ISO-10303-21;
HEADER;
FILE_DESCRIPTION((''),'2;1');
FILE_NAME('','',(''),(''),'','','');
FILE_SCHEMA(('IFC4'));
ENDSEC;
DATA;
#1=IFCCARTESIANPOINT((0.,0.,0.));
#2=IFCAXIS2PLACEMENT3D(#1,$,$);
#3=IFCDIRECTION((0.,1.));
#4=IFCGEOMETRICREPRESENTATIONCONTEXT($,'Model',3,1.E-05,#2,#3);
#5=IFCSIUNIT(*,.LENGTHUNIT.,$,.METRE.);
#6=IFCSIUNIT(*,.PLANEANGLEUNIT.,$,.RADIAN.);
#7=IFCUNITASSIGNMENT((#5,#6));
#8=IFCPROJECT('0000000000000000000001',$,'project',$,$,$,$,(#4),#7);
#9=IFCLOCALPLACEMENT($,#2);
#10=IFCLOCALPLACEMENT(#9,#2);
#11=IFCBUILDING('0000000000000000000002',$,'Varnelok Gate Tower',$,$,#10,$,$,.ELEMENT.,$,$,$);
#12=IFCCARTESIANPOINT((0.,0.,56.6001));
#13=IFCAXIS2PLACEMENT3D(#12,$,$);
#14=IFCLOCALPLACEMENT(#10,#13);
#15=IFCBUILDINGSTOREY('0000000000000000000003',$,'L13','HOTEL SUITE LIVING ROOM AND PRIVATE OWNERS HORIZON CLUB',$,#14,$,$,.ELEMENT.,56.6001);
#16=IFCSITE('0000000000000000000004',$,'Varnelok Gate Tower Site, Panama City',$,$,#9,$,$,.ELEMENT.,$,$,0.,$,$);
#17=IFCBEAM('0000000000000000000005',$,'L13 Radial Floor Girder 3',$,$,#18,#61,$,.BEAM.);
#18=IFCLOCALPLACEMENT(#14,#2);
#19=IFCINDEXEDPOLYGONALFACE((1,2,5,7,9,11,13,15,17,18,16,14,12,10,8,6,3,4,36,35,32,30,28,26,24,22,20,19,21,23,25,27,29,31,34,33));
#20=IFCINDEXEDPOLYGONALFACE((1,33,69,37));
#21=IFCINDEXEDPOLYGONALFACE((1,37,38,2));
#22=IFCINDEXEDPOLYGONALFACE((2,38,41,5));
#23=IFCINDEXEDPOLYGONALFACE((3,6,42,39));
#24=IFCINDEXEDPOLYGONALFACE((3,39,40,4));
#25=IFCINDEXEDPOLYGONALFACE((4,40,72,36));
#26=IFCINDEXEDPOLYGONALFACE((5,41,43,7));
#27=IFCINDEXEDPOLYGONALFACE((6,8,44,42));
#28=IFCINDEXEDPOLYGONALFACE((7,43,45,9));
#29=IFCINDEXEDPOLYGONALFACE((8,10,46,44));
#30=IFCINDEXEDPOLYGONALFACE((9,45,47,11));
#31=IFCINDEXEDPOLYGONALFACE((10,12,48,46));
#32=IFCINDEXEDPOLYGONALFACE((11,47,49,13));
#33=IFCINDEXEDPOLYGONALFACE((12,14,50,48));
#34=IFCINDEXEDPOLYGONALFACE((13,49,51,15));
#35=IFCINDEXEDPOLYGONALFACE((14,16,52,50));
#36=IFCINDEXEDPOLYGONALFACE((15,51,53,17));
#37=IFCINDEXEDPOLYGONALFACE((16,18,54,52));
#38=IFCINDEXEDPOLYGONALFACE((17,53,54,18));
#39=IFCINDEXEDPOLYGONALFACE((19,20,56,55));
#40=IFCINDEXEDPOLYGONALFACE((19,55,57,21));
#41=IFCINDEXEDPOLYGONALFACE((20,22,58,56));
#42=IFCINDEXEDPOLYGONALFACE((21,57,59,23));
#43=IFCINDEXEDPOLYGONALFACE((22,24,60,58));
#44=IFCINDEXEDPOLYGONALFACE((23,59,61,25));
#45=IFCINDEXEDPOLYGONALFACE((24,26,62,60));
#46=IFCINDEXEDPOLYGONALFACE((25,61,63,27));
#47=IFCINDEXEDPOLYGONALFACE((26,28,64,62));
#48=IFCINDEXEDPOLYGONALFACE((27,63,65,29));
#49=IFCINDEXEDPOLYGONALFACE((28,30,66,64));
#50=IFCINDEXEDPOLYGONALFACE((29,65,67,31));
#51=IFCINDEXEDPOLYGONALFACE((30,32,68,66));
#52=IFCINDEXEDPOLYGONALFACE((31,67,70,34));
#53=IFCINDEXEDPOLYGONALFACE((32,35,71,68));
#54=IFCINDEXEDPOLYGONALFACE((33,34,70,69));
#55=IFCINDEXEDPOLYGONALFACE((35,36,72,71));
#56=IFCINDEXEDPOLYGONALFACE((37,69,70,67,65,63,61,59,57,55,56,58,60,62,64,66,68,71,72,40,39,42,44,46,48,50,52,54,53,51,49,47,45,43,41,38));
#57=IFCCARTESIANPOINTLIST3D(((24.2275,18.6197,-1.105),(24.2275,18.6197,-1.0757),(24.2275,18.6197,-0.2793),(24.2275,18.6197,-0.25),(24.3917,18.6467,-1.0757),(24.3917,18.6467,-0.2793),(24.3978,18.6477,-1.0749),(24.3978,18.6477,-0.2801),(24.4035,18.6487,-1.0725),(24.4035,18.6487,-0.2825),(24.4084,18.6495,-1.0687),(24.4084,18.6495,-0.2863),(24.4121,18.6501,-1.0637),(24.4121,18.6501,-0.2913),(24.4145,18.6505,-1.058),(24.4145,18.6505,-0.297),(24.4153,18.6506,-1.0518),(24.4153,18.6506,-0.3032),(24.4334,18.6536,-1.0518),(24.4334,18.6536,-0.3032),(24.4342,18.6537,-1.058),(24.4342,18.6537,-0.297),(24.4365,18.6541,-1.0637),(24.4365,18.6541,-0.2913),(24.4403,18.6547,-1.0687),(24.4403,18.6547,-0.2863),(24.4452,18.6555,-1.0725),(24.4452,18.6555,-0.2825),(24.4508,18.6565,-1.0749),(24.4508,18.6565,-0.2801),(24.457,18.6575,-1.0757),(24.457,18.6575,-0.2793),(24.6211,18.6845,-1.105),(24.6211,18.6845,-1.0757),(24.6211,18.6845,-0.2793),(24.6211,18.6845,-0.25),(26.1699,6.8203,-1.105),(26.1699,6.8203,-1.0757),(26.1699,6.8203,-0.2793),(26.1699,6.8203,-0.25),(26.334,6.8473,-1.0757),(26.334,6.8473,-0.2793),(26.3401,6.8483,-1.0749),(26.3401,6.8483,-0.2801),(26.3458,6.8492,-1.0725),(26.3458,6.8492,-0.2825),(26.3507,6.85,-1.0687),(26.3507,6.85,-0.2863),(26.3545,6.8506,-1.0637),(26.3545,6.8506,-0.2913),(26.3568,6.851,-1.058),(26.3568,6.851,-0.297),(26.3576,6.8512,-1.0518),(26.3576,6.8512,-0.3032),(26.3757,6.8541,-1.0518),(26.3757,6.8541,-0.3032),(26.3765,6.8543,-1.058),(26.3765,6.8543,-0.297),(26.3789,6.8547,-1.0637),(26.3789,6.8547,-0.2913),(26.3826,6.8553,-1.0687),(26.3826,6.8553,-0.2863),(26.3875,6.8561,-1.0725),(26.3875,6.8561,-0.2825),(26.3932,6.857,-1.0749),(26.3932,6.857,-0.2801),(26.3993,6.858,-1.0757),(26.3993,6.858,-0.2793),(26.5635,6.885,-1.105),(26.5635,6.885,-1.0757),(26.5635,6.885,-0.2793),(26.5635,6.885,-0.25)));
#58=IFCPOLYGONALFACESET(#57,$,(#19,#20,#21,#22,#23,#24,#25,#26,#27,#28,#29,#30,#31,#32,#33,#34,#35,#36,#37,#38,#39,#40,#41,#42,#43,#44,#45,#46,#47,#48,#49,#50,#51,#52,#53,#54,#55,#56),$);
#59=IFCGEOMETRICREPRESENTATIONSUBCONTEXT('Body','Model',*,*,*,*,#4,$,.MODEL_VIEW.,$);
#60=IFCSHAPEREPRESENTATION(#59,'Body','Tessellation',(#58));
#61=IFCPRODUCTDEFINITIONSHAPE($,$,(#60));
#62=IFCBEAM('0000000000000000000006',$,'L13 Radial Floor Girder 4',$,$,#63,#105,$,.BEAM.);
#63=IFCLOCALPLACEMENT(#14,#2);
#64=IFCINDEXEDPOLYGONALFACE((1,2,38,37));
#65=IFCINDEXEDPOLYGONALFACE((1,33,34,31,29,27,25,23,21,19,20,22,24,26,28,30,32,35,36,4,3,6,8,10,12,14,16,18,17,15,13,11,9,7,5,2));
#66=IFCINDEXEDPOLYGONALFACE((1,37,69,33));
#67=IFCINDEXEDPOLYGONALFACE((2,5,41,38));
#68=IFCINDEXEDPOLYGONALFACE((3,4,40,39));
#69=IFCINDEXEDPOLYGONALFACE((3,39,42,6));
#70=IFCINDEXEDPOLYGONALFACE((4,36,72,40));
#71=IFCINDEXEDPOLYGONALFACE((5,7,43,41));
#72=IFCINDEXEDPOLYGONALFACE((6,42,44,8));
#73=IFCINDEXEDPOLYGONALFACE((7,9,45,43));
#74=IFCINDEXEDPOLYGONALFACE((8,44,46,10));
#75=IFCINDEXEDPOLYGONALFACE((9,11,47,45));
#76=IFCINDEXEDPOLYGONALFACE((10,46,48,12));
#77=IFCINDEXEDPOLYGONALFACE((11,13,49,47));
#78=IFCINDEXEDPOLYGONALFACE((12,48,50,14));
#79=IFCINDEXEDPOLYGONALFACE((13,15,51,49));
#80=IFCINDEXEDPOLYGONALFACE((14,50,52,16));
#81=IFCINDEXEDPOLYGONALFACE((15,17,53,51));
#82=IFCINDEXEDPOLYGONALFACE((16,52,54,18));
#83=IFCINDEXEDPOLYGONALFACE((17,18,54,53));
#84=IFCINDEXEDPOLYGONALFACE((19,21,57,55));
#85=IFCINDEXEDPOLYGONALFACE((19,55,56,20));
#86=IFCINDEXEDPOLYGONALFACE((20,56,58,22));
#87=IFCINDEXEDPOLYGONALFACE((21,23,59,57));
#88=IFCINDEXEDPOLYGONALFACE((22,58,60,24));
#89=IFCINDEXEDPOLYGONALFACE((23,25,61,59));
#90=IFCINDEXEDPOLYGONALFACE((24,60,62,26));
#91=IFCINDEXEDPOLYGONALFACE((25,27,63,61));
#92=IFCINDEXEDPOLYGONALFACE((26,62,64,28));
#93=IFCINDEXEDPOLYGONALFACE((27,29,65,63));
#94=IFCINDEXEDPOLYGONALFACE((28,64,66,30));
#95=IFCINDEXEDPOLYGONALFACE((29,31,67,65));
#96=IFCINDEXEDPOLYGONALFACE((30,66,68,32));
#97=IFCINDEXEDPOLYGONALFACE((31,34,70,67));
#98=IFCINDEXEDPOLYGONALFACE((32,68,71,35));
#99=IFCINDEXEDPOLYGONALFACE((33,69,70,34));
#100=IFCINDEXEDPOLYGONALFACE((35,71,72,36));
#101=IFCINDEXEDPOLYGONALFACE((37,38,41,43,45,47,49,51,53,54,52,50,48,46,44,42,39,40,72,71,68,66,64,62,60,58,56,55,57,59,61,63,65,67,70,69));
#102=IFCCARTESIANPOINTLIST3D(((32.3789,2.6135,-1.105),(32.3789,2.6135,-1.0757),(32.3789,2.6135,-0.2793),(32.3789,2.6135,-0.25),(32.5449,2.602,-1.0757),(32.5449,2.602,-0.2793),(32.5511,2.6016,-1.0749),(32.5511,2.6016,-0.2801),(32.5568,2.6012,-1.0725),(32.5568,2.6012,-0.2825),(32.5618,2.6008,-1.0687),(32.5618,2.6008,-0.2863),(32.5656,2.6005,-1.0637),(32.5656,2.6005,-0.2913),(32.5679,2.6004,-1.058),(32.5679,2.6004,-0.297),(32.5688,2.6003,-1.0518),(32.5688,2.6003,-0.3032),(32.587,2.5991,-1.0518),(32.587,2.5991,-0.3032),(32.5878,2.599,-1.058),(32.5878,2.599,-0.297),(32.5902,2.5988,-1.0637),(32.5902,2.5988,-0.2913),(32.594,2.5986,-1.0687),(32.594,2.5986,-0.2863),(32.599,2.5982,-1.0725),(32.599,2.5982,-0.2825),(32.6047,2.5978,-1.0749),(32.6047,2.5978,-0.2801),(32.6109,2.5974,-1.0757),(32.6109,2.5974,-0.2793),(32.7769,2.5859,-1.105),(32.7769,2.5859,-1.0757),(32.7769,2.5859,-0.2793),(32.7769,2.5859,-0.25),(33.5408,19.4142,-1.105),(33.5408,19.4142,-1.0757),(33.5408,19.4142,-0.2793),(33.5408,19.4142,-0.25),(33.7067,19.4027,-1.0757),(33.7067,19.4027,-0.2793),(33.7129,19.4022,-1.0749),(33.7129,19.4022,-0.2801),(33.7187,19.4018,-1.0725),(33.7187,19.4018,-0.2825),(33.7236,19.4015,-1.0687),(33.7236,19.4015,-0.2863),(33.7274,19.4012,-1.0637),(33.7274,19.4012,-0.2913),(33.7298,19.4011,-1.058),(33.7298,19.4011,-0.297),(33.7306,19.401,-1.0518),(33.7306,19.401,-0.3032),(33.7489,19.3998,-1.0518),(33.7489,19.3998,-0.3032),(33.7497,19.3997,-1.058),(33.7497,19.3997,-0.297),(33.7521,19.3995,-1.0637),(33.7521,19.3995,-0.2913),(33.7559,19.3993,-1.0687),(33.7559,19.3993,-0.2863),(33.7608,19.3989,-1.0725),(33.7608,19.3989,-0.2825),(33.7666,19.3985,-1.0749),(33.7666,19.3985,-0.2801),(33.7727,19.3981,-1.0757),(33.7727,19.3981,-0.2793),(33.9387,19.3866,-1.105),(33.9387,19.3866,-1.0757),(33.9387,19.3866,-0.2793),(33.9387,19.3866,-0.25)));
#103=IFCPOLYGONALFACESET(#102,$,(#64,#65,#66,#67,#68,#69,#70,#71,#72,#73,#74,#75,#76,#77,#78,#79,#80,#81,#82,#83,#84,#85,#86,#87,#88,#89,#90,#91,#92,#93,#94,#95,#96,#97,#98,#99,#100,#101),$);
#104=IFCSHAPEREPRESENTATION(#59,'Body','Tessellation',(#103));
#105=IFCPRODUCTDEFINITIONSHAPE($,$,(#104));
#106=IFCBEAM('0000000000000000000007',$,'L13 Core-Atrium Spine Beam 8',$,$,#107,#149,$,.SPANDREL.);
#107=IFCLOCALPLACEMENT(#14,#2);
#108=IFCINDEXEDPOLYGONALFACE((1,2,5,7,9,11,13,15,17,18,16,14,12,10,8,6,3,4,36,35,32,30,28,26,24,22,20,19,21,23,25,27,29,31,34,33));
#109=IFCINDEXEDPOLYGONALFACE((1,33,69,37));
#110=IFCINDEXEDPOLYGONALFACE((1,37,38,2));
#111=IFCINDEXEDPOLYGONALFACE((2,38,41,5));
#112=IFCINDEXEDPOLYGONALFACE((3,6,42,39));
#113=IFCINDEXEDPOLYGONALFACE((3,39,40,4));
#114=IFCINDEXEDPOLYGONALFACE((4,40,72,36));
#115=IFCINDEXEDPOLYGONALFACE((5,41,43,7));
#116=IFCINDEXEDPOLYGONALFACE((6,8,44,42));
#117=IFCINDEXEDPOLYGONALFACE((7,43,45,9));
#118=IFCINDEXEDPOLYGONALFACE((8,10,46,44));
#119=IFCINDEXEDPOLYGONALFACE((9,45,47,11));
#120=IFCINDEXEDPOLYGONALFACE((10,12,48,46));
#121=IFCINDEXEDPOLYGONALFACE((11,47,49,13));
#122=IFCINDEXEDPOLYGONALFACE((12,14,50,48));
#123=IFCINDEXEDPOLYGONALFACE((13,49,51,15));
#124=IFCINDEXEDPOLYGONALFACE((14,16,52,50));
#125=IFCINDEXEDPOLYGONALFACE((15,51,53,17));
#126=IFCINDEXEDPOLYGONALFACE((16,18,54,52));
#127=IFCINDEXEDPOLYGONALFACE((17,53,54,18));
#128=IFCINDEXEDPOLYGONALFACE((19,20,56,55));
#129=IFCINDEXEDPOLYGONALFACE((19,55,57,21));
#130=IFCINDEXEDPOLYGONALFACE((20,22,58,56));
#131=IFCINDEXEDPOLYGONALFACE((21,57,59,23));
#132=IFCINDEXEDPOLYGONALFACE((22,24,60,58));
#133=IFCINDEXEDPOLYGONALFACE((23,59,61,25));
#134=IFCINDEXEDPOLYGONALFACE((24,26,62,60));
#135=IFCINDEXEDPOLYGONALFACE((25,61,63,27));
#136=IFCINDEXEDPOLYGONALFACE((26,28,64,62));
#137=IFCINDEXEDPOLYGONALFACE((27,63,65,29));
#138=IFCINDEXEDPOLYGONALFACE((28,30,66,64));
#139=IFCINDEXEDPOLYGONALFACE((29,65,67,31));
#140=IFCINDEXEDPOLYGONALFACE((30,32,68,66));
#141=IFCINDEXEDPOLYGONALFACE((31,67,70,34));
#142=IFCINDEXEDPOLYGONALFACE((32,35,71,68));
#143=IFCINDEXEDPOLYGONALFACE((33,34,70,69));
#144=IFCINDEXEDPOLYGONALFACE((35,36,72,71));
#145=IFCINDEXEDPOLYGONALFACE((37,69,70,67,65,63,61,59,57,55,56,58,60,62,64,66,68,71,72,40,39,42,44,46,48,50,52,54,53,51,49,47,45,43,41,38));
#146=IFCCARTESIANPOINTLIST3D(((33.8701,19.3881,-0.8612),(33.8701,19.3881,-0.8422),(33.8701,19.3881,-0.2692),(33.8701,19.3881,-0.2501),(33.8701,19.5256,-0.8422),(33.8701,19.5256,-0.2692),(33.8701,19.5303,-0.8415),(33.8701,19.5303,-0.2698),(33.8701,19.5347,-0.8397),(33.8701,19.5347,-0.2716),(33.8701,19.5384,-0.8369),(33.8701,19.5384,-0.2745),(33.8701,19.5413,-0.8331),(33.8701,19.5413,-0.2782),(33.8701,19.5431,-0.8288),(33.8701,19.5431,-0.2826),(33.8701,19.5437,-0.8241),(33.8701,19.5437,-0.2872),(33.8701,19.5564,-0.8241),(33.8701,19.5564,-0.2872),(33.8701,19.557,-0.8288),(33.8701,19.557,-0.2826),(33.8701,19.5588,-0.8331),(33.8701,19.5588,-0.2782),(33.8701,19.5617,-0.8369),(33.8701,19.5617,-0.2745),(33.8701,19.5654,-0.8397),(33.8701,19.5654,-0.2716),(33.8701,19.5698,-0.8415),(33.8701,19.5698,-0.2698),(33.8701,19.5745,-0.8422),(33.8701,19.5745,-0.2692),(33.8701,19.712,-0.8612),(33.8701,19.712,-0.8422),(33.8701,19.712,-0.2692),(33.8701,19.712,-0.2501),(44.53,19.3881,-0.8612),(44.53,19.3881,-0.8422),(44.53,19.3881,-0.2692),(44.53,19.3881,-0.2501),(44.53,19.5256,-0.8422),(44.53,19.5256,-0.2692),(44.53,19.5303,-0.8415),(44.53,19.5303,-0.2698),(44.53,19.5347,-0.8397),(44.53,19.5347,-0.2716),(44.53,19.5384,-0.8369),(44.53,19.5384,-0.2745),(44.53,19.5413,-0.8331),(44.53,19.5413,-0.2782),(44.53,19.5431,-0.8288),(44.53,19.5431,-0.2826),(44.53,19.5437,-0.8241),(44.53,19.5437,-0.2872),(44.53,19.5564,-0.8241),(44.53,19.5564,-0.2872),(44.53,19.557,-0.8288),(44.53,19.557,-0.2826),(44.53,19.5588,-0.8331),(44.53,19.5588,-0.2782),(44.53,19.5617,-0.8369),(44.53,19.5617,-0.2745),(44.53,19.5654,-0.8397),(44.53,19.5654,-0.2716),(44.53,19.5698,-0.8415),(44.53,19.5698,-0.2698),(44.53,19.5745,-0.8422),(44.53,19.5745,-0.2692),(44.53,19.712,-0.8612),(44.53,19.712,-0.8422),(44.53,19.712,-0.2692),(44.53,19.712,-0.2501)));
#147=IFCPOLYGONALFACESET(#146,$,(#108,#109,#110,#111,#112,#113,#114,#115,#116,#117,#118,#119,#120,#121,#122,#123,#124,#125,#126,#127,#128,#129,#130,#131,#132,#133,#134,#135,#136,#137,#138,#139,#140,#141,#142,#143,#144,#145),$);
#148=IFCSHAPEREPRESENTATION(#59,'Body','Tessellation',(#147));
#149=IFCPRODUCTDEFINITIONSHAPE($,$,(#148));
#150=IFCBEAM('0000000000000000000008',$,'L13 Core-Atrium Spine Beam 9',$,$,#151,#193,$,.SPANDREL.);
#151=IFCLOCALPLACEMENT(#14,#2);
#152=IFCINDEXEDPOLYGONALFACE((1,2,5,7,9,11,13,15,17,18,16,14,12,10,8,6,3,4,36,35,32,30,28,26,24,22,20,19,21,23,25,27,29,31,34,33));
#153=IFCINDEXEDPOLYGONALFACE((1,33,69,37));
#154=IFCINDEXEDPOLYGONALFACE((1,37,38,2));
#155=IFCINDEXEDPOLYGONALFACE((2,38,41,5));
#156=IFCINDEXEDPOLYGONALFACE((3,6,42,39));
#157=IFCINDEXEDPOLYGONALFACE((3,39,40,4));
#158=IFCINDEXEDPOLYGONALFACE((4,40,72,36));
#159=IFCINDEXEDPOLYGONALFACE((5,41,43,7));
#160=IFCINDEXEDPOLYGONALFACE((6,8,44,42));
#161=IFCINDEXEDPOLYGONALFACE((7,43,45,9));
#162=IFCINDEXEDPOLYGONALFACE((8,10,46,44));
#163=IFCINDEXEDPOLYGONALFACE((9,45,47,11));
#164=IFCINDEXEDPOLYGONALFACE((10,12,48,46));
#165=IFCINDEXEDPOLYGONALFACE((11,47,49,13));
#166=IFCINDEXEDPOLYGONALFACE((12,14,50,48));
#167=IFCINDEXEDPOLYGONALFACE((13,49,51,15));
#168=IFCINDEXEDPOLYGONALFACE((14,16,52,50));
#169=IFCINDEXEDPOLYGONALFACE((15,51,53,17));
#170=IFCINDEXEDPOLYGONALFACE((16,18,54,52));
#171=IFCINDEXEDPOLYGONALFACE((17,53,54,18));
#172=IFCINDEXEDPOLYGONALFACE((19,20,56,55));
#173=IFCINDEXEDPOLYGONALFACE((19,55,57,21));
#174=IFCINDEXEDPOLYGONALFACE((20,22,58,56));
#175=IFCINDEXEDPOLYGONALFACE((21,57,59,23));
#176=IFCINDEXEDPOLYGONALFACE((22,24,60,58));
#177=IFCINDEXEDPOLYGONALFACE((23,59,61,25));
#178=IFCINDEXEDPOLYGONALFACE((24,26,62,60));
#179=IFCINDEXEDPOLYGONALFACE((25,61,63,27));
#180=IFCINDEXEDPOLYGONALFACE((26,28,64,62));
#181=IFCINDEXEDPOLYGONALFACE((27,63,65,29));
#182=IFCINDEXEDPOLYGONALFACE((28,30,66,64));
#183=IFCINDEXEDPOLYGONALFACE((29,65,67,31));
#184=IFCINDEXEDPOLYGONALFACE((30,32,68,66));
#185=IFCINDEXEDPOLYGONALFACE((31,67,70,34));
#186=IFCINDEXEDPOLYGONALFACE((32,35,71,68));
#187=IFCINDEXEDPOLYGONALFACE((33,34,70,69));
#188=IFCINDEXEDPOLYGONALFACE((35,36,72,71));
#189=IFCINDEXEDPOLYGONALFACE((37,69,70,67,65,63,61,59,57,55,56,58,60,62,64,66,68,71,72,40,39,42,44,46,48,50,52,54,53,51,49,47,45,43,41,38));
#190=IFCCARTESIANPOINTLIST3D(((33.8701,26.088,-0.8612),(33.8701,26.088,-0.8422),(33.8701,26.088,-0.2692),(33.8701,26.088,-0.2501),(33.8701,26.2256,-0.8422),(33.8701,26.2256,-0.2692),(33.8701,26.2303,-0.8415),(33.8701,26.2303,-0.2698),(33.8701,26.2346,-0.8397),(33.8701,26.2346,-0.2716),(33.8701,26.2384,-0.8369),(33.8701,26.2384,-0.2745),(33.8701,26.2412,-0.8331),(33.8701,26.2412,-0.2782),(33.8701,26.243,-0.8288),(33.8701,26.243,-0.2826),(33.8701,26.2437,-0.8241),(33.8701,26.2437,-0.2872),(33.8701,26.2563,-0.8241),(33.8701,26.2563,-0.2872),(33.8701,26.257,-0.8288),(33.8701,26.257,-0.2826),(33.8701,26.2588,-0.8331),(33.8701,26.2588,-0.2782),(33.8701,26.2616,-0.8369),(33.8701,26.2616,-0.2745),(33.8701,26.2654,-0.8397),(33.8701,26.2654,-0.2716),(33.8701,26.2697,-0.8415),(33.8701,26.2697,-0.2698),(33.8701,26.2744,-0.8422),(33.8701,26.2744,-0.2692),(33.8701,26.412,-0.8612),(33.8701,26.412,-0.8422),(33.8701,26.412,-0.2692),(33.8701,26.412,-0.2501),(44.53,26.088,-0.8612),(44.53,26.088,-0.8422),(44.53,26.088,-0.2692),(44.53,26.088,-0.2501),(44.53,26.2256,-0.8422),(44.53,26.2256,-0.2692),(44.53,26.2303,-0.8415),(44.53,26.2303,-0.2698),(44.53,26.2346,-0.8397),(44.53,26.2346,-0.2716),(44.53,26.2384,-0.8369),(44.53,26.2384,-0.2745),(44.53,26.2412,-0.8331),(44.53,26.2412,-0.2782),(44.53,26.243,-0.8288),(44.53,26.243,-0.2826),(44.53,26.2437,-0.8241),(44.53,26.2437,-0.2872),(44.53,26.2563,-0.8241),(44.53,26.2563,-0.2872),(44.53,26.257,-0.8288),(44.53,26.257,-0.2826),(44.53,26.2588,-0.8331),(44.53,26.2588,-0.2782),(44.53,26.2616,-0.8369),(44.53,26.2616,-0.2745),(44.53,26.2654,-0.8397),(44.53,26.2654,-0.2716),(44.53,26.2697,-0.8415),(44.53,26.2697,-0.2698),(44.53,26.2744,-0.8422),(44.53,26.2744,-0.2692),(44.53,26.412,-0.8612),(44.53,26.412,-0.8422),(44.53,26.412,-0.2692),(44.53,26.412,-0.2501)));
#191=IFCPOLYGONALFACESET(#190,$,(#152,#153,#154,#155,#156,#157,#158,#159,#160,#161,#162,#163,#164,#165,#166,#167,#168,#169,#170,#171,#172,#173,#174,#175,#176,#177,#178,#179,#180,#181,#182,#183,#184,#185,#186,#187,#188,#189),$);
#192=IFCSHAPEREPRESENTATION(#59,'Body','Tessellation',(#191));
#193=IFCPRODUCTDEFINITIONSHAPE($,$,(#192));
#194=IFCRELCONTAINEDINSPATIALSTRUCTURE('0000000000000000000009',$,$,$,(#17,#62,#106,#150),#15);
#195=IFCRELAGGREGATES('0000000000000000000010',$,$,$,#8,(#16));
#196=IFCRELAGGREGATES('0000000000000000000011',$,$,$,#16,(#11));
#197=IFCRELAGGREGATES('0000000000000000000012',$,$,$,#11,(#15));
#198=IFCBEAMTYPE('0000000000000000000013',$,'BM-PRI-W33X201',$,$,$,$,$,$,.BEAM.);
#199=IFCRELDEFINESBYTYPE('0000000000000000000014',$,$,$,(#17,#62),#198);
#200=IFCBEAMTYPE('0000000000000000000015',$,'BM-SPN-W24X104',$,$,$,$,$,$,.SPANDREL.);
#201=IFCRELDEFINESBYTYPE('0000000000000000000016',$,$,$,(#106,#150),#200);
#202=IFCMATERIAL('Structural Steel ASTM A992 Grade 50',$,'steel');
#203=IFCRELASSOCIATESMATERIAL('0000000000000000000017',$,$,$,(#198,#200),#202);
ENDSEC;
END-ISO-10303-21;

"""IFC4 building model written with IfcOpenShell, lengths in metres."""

from ifc_helpers import new_model, si_unit, direction, frame, origin, origin_2d, place, context, subcontext, project, spatial, i_section, extrude, material, material_profile, profile_set, type_object, element, save


model = new_model("IFC4")

# Units and contexts
model_context = context("Model", 3, precision=1e-05, world=origin(), true_north=direction((0.0, 1.0)))
body_context = subcontext(model_context, "Body", "Model", "MODEL_VIEW")
ifc_project = project(units=[si_unit("LENGTHUNIT", "METRE"), si_unit("PLANEANGLEUNIT", "RADIAN")], contexts=[model_context])

# Site, building, storey
site_placement = place(None, origin())
site = spatial("IfcSite", under=ifc_project, at=site_placement, Name="Varnelok Gate Tower Site, Panama City", CompositionType="ELEMENT", RefElevation=0.0)
building_placement = place(site_placement, origin())
building = spatial("IfcBuilding", under=site, at=building_placement, Name="Varnelok Gate Tower", CompositionType="ELEMENT")
storey_placement = place(building_placement, frame((0.0, 0.0, 56.6001)))
storey = spatial("IfcBuildingStorey", under=building, at=storey_placement, Name="L13", Description="HOTEL SUITE LIVING ROOM AND PRIVATE OWNERS HORIZON CLUB", CompositionType="ELEMENT", Elevation=56.6001)

# Shared definitions
ifc_material_1 = material(Name="Structural Steel ASTM A992 Grade 50", Category="steel")

# Beams
ifc_material_profile_1 = material_profile(ifc_material_1, i_section(OverallWidth=0.3989, OverallDepth=0.855, WebThickness=0.0183, FlangeThickness=0.0293, FilletRadius=0.0239, at=origin_2d()), Name="W33X201")
ifc_profile_set_1 = profile_set([ifc_material_profile_1], Name="Structural Steel ASTM A992 Grade 50")
beam_type_1 = type_object("IfcBeamType", Name="BM-PRI-W33X201", PredefinedType="BEAM", material=ifc_profile_set_1)
beam_1_placement = place(storey_placement, frame((24.4243, 18.6521, -0.6775), z_axis=(0.162429, -0.98672, 0.0), x_axis=(0.98672, 0.162429, 0.0)))
element("IfcBeam", 1, at=beam_1_placement, inside=storey, type_object=beam_type_1, Name="L13 Radial Floor Girder 3", PredefinedType="BEAM", context=body_context, shape_type="SweptSolid", body=[
    extrude(i_section(OverallWidth=0.3989, OverallDepth=0.855, WebThickness=0.0183, FlangeThickness=0.0293, FilletRadius=0.0239, at=origin_2d()), origin(), (0.0, 0.0, 1.0), 11.9583),
])
beam_2_placement = place(storey_placement, frame((33.7397, 19.4004, -0.6775), z_axis=(-0.068991, -0.997617, 0.0), x_axis=(0.997617, -0.068991, 0.0)))
element("IfcBeam", 2, at=beam_2_placement, inside=storey, type_object=beam_type_1, Name="L13 Radial Floor Girder 4", PredefinedType="BEAM", context=body_context, shape_type="SweptSolid", body=[
    extrude(i_section(OverallWidth=0.3989, OverallDepth=0.855, WebThickness=0.0183, FlangeThickness=0.0293, FilletRadius=0.0239, at=origin_2d()), origin(), (0.0, 0.0, 1.0), 16.8408),
])
ifc_material_profile_2 = material_profile(ifc_material_1, i_section(OverallWidth=0.324, OverallDepth=0.6111, WebThickness=0.0127, FlangeThickness=0.019, FilletRadius=0.0181, at=origin_2d()), Name="W24X104")
ifc_profile_set_2 = profile_set([ifc_material_profile_2], Name="Structural Steel ASTM A992 Grade 50")
beam_type_2 = type_object("IfcBeamType", Name="BM-SPN-W24X104", PredefinedType="SPANDREL", material=ifc_profile_set_2)
for number, where, z_axis, x_axis, name in (
    (3, (33.8701, 19.55, -0.5557), (1.0, 0.0, 0.0), (0.0, 1.0, 0.0), "L13 Core-Atrium Spine Beam 8"),
    (4, (33.8701, 26.25, -0.5557), (1.0, 0.0, 0.0), (0.0, 1.0, 0.0), "L13 Core-Atrium Spine Beam 9"),
):
    element("IfcBeam", number, at=place(storey_placement, frame(where, z_axis=z_axis, x_axis=x_axis)), inside=storey, type_object=beam_type_2, Name=name, PredefinedType="SPANDREL", context=body_context, shape_type="SweptSolid", body=[
        extrude(i_section(OverallWidth=0.324, OverallDepth=0.6111, WebThickness=0.0127, FlangeThickness=0.019, FilletRadius=0.0181, at=origin_2d()), origin(), (0.0, 0.0, 1.0), 10.6599),
    ])

save(model, "model.ifc")
